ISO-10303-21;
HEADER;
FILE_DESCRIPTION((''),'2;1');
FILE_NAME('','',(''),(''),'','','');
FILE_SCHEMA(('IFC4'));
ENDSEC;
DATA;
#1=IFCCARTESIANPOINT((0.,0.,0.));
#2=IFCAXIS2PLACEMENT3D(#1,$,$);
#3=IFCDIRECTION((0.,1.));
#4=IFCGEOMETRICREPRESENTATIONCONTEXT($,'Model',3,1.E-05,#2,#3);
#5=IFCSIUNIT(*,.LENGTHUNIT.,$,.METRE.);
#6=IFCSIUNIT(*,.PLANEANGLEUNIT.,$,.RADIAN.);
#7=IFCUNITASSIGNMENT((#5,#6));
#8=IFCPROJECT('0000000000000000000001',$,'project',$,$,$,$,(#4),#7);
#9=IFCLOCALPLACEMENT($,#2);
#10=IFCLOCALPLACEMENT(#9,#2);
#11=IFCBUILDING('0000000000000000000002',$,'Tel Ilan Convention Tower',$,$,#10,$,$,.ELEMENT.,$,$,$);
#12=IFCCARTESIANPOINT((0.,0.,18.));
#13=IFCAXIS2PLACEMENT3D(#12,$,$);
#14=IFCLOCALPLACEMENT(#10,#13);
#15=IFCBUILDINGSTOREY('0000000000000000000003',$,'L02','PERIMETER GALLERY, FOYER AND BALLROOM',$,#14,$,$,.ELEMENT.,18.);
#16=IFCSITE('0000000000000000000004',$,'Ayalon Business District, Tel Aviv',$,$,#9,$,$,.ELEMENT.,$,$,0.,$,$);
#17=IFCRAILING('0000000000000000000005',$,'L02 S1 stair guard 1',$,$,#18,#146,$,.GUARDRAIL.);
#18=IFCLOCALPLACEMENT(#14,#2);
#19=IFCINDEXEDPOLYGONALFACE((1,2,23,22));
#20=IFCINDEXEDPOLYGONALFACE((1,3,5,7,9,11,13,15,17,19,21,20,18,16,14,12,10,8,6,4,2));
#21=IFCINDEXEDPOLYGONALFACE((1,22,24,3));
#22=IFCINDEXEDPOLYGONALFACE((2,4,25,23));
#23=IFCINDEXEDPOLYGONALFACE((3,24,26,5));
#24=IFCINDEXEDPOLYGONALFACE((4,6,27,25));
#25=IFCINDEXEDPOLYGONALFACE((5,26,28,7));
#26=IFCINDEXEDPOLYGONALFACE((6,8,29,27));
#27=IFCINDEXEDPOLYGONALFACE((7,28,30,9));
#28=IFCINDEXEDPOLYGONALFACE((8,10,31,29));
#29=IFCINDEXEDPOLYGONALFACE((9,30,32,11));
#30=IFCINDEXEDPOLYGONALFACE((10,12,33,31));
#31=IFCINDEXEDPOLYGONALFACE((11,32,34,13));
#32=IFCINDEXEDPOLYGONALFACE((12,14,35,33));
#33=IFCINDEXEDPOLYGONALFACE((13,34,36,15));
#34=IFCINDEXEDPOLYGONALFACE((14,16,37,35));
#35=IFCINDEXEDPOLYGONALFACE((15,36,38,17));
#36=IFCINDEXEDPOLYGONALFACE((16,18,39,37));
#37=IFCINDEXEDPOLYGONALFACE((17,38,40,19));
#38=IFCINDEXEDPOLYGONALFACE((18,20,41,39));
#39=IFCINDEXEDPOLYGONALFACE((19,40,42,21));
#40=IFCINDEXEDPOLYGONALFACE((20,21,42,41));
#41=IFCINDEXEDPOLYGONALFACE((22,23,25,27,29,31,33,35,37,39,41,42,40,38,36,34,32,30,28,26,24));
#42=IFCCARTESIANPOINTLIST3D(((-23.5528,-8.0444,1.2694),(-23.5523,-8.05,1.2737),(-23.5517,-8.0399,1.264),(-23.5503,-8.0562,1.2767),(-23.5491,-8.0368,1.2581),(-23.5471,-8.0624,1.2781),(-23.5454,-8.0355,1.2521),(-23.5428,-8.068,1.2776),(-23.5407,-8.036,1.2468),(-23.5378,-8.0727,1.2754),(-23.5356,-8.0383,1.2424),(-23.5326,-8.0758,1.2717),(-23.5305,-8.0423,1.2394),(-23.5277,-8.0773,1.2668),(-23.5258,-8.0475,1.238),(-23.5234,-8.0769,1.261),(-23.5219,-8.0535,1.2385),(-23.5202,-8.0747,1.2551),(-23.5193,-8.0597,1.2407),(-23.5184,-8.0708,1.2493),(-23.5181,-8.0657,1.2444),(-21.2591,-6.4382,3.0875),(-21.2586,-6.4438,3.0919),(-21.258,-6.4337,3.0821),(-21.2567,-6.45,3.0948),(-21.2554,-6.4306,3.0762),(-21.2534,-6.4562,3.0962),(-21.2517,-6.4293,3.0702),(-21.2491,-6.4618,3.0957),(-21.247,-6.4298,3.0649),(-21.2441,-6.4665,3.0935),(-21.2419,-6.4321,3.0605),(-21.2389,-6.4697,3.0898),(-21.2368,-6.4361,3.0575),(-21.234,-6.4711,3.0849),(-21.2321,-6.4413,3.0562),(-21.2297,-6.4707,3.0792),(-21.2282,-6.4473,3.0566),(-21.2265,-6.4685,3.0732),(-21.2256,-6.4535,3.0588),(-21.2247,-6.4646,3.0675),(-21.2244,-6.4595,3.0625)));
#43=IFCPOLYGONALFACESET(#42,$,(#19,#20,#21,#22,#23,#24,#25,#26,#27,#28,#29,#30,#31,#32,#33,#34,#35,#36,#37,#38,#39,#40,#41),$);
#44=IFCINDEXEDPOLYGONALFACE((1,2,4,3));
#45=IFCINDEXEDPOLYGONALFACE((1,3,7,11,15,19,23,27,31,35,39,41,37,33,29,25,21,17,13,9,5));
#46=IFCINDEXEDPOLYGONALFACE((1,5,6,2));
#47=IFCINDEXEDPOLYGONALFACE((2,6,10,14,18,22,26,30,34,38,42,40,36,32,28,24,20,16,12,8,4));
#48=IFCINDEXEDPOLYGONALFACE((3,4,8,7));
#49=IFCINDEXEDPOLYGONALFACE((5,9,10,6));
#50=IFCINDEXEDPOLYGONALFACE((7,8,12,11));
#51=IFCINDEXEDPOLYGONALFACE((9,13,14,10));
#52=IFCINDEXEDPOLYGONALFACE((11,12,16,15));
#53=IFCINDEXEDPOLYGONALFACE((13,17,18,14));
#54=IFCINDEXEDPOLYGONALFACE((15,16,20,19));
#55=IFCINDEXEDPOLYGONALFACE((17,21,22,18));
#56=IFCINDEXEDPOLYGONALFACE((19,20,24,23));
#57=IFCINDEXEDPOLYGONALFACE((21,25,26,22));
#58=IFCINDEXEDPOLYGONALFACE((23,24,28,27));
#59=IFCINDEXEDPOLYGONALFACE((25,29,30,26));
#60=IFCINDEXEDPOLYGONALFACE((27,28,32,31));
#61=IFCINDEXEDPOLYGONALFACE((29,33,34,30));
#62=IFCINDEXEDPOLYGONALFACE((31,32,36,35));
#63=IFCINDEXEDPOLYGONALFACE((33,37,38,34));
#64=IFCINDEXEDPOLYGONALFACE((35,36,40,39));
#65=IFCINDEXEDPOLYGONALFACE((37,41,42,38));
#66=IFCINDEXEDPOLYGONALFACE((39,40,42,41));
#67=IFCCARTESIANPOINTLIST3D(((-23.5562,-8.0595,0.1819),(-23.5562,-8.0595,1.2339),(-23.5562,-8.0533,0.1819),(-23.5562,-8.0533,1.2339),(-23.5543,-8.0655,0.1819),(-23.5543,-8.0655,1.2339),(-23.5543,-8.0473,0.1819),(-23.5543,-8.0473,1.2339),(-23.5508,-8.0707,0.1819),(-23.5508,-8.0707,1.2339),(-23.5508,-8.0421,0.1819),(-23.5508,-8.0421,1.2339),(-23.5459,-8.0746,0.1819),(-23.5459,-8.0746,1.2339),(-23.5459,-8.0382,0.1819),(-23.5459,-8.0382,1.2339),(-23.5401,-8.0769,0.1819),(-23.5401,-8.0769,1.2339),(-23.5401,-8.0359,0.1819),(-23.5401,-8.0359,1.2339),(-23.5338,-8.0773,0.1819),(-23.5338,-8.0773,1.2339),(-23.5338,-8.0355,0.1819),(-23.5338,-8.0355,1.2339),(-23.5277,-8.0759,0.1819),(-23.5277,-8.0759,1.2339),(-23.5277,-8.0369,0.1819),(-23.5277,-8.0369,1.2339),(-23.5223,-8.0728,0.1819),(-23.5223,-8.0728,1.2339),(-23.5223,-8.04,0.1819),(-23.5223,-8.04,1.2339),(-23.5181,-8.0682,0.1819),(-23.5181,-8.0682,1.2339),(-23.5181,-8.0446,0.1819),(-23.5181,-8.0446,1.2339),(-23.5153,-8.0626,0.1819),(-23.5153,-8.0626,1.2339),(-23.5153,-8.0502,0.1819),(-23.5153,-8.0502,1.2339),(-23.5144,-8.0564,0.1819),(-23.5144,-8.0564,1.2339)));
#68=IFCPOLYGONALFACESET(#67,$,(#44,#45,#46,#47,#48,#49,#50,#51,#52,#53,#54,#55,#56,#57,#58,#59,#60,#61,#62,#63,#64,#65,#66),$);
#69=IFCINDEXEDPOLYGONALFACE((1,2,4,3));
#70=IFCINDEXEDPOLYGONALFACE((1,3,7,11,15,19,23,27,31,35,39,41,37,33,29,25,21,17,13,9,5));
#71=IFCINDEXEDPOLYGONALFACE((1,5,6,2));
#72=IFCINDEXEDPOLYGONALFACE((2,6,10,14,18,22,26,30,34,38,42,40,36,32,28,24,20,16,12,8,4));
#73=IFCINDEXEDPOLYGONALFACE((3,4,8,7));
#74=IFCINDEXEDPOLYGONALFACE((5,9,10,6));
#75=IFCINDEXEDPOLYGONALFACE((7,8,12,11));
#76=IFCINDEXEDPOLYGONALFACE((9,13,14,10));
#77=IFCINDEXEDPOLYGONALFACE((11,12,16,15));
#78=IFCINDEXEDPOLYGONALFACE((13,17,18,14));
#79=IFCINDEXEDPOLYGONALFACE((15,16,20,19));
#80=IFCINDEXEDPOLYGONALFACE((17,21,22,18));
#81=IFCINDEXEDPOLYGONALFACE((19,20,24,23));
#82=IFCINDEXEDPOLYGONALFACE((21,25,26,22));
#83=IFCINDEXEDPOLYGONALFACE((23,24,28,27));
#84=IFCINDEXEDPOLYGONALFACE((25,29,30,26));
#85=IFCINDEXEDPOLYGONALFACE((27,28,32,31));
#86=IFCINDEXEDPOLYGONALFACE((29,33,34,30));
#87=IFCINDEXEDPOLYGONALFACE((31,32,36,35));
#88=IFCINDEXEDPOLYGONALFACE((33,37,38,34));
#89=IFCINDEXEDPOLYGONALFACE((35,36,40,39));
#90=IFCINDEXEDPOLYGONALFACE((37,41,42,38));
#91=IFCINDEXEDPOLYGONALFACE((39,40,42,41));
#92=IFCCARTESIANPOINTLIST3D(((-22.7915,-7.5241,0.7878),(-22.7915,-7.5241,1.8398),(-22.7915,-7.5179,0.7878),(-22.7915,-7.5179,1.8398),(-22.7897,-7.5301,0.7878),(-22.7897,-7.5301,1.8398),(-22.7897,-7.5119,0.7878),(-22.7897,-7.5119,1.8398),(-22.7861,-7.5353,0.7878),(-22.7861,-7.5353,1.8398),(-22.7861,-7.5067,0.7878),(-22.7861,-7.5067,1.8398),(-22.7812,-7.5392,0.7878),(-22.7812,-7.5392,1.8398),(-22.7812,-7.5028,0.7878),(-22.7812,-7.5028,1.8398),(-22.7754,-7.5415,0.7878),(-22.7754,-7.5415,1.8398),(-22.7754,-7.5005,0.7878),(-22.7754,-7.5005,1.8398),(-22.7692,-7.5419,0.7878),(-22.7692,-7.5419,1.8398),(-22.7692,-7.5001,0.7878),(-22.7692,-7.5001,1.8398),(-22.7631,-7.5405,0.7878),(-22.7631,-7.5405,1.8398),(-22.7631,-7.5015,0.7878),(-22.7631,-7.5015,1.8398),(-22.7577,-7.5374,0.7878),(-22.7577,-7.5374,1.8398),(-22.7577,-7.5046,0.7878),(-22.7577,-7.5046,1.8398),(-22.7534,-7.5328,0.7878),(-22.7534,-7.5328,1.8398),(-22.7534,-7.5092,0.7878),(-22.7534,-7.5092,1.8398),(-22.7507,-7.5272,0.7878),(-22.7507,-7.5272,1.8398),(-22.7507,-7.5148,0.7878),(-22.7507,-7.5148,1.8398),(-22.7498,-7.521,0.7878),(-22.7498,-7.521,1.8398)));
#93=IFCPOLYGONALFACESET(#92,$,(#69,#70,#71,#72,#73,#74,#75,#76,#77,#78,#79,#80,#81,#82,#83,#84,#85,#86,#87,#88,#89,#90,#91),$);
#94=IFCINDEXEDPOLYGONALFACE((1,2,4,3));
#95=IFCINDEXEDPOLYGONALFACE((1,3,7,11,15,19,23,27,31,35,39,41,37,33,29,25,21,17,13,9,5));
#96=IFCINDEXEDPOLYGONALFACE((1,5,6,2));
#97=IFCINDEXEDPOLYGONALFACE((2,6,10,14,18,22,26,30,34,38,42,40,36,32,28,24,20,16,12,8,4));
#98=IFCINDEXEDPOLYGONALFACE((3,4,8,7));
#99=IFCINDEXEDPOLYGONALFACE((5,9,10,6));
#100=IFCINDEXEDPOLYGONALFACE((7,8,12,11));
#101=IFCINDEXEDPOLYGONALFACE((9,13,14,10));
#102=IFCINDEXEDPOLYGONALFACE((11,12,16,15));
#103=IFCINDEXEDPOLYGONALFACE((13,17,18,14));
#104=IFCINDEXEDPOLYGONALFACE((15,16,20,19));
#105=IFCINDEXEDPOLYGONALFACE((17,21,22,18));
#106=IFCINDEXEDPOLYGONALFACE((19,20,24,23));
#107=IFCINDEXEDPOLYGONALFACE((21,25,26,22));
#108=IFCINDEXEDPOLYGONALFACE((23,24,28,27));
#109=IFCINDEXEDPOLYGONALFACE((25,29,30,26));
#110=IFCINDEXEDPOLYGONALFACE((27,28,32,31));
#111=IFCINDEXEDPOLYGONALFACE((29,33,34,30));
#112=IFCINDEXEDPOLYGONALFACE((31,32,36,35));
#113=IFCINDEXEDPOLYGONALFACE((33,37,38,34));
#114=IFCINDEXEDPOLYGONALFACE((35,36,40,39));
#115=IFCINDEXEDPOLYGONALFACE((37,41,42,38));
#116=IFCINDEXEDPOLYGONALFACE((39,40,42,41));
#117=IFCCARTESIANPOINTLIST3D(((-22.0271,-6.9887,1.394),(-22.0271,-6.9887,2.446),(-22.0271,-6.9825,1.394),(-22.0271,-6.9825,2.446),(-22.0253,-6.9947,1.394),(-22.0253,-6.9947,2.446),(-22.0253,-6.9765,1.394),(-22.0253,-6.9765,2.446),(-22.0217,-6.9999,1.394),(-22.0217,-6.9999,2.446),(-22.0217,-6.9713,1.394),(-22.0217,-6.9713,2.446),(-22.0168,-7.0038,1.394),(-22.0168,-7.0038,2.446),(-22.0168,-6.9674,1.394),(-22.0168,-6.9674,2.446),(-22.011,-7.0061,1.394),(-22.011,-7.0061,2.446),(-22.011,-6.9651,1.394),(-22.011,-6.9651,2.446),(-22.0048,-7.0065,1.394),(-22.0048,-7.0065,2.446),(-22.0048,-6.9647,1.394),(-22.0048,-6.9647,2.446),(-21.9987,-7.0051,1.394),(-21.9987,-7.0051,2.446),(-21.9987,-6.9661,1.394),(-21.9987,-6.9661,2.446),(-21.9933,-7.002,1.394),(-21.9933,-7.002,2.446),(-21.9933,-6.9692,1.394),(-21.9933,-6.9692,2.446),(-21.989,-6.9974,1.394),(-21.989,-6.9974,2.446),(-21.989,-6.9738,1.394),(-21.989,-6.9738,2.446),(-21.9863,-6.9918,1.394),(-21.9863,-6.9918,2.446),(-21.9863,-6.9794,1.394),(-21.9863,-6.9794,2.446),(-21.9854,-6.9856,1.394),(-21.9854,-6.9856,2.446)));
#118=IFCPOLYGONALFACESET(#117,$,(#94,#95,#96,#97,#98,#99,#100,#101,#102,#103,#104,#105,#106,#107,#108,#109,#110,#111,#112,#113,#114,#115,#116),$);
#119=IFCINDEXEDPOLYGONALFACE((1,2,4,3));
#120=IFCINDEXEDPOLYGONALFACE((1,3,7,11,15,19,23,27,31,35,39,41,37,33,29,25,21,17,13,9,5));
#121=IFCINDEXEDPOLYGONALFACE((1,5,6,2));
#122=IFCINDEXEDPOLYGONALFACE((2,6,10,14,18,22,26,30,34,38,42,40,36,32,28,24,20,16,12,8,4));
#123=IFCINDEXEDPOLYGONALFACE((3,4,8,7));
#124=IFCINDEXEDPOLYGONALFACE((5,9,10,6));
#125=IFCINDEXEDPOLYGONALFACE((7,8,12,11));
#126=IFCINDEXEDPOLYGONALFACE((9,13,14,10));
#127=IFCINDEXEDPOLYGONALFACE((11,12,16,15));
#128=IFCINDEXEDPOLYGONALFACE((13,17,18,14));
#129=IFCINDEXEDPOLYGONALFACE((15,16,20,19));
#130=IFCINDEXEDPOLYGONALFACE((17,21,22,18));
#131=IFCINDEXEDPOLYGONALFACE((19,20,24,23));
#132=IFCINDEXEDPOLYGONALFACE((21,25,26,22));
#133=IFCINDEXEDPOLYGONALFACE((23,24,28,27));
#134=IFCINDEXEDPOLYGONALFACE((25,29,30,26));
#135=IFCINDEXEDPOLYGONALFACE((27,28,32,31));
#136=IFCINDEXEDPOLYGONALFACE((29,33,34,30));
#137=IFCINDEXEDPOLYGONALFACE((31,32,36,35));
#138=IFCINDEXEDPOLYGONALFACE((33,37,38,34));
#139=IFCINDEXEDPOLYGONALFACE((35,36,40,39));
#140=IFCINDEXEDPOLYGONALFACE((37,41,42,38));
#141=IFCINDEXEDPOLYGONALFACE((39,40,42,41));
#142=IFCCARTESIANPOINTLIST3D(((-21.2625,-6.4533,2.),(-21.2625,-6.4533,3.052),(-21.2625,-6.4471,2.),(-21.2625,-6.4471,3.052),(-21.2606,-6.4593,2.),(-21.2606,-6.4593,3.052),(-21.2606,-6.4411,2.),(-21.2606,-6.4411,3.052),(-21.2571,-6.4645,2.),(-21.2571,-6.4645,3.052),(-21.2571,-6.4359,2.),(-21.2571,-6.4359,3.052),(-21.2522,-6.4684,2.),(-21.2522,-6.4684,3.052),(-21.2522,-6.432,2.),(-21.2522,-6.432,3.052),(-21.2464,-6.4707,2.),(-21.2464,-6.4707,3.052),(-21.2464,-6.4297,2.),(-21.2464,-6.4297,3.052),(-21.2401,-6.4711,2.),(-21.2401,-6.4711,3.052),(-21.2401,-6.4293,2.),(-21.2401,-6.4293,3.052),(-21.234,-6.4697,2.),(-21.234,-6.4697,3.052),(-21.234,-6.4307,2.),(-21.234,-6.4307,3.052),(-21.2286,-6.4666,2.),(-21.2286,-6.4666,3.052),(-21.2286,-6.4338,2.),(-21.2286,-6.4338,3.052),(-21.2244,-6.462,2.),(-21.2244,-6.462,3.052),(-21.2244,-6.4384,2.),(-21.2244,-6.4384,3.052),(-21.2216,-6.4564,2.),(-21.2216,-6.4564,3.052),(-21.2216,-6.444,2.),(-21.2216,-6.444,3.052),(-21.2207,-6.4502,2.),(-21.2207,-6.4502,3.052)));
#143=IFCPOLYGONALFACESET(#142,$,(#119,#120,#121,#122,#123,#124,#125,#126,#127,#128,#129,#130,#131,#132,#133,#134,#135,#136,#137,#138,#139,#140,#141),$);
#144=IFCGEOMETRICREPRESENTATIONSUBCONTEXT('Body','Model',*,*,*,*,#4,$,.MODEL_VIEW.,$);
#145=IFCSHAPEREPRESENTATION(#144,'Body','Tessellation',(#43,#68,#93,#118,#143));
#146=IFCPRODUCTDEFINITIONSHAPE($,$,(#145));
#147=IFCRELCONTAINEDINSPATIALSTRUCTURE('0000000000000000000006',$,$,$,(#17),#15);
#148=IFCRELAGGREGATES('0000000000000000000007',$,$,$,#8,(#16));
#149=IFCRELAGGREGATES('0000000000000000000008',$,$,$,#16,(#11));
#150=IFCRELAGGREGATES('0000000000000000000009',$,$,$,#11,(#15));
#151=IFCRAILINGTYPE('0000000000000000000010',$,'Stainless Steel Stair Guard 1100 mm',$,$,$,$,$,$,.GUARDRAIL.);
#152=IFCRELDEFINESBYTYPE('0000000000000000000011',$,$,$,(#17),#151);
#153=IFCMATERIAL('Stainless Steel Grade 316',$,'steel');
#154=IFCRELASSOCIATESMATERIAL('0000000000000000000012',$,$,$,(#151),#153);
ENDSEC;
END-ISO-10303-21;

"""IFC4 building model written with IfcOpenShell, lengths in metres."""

from ifc_helpers import new_model, si_unit, direction, frame, origin, origin_2d, place, context, subcontext, project, spatial, circle, extrude, material, type_object, element, save


model = new_model("IFC4")

# Units and contexts
model_context = context("Model", 3, precision=1e-05, world=origin(), true_north=direction((0.0, 1.0)))
body_context = subcontext(model_context, "Body", "Model", "MODEL_VIEW")
ifc_project = project(units=[si_unit("LENGTHUNIT", "METRE"), si_unit("PLANEANGLEUNIT", "RADIAN")], contexts=[model_context])

# Site, building, storey
site_placement = place(None, origin())
site = spatial("IfcSite", under=ifc_project, at=site_placement, Name="Ayalon Business District, Tel Aviv", CompositionType="ELEMENT", RefElevation=0.0)
building_placement = place(site_placement, origin())
building = spatial("IfcBuilding", under=site, at=building_placement, Name="Tel Ilan Convention Tower", CompositionType="ELEMENT")
storey_placement = place(building_placement, frame((0.0, 0.0, 18.0)))
storey = spatial("IfcBuildingStorey", under=building, at=storey_placement, Name="L02", Description="PERIMETER GALLERY, FOYER AND BALLROOM", CompositionType="ELEMENT", Elevation=18.0)

# Railing
ifc_material_1 = material(Name="Stainless Steel Grade 316", Category="steel")
railing_type = type_object("IfcRailingType", Name="Stainless Steel Stair Guard 1100 mm", PredefinedType="GUARDRAIL", material=ifc_material_1)
railing_1_placement = place(storey_placement, frame((-23.5354, -8.0564, 0.1819)))
element("IfcRailing", 1, at=railing_1_placement, inside=storey, type_object=railing_type, Name="L02 S1 stair guard 1", PredefinedType="GUARDRAIL", context=body_context, shape_type="SweptSolid", body=[
    extrude(circle(Radius=0.0239, at=origin_2d()), frame((0.0, 0.0, 1.0762), z_axis=(0.687017, 0.481095, 0.544568), x_axis=(-0.573609, 0.81913, 0.0)), (0.0, 0.0, 1.0), 3.3386),
    extrude(circle(Radius=0.021, at=origin_2d()), origin(), (0.0, 0.0, 1.0), 1.052),
    extrude(circle(Radius=0.021, at=origin_2d()), frame((0.7646, 0.5354, 0.606)), (0.0, 0.0, 1.0), 1.052),
    extrude(circle(Radius=0.021, at=origin_2d()), frame((1.5291, 1.0708, 1.2122)), (0.0, 0.0, 1.0), 1.052),
    extrude(circle(Radius=0.021, at=origin_2d()), frame((2.2937, 1.6062, 1.8181)), (0.0, 0.0, 1.0), 1.052),
])

save(model, "model.ifc")
